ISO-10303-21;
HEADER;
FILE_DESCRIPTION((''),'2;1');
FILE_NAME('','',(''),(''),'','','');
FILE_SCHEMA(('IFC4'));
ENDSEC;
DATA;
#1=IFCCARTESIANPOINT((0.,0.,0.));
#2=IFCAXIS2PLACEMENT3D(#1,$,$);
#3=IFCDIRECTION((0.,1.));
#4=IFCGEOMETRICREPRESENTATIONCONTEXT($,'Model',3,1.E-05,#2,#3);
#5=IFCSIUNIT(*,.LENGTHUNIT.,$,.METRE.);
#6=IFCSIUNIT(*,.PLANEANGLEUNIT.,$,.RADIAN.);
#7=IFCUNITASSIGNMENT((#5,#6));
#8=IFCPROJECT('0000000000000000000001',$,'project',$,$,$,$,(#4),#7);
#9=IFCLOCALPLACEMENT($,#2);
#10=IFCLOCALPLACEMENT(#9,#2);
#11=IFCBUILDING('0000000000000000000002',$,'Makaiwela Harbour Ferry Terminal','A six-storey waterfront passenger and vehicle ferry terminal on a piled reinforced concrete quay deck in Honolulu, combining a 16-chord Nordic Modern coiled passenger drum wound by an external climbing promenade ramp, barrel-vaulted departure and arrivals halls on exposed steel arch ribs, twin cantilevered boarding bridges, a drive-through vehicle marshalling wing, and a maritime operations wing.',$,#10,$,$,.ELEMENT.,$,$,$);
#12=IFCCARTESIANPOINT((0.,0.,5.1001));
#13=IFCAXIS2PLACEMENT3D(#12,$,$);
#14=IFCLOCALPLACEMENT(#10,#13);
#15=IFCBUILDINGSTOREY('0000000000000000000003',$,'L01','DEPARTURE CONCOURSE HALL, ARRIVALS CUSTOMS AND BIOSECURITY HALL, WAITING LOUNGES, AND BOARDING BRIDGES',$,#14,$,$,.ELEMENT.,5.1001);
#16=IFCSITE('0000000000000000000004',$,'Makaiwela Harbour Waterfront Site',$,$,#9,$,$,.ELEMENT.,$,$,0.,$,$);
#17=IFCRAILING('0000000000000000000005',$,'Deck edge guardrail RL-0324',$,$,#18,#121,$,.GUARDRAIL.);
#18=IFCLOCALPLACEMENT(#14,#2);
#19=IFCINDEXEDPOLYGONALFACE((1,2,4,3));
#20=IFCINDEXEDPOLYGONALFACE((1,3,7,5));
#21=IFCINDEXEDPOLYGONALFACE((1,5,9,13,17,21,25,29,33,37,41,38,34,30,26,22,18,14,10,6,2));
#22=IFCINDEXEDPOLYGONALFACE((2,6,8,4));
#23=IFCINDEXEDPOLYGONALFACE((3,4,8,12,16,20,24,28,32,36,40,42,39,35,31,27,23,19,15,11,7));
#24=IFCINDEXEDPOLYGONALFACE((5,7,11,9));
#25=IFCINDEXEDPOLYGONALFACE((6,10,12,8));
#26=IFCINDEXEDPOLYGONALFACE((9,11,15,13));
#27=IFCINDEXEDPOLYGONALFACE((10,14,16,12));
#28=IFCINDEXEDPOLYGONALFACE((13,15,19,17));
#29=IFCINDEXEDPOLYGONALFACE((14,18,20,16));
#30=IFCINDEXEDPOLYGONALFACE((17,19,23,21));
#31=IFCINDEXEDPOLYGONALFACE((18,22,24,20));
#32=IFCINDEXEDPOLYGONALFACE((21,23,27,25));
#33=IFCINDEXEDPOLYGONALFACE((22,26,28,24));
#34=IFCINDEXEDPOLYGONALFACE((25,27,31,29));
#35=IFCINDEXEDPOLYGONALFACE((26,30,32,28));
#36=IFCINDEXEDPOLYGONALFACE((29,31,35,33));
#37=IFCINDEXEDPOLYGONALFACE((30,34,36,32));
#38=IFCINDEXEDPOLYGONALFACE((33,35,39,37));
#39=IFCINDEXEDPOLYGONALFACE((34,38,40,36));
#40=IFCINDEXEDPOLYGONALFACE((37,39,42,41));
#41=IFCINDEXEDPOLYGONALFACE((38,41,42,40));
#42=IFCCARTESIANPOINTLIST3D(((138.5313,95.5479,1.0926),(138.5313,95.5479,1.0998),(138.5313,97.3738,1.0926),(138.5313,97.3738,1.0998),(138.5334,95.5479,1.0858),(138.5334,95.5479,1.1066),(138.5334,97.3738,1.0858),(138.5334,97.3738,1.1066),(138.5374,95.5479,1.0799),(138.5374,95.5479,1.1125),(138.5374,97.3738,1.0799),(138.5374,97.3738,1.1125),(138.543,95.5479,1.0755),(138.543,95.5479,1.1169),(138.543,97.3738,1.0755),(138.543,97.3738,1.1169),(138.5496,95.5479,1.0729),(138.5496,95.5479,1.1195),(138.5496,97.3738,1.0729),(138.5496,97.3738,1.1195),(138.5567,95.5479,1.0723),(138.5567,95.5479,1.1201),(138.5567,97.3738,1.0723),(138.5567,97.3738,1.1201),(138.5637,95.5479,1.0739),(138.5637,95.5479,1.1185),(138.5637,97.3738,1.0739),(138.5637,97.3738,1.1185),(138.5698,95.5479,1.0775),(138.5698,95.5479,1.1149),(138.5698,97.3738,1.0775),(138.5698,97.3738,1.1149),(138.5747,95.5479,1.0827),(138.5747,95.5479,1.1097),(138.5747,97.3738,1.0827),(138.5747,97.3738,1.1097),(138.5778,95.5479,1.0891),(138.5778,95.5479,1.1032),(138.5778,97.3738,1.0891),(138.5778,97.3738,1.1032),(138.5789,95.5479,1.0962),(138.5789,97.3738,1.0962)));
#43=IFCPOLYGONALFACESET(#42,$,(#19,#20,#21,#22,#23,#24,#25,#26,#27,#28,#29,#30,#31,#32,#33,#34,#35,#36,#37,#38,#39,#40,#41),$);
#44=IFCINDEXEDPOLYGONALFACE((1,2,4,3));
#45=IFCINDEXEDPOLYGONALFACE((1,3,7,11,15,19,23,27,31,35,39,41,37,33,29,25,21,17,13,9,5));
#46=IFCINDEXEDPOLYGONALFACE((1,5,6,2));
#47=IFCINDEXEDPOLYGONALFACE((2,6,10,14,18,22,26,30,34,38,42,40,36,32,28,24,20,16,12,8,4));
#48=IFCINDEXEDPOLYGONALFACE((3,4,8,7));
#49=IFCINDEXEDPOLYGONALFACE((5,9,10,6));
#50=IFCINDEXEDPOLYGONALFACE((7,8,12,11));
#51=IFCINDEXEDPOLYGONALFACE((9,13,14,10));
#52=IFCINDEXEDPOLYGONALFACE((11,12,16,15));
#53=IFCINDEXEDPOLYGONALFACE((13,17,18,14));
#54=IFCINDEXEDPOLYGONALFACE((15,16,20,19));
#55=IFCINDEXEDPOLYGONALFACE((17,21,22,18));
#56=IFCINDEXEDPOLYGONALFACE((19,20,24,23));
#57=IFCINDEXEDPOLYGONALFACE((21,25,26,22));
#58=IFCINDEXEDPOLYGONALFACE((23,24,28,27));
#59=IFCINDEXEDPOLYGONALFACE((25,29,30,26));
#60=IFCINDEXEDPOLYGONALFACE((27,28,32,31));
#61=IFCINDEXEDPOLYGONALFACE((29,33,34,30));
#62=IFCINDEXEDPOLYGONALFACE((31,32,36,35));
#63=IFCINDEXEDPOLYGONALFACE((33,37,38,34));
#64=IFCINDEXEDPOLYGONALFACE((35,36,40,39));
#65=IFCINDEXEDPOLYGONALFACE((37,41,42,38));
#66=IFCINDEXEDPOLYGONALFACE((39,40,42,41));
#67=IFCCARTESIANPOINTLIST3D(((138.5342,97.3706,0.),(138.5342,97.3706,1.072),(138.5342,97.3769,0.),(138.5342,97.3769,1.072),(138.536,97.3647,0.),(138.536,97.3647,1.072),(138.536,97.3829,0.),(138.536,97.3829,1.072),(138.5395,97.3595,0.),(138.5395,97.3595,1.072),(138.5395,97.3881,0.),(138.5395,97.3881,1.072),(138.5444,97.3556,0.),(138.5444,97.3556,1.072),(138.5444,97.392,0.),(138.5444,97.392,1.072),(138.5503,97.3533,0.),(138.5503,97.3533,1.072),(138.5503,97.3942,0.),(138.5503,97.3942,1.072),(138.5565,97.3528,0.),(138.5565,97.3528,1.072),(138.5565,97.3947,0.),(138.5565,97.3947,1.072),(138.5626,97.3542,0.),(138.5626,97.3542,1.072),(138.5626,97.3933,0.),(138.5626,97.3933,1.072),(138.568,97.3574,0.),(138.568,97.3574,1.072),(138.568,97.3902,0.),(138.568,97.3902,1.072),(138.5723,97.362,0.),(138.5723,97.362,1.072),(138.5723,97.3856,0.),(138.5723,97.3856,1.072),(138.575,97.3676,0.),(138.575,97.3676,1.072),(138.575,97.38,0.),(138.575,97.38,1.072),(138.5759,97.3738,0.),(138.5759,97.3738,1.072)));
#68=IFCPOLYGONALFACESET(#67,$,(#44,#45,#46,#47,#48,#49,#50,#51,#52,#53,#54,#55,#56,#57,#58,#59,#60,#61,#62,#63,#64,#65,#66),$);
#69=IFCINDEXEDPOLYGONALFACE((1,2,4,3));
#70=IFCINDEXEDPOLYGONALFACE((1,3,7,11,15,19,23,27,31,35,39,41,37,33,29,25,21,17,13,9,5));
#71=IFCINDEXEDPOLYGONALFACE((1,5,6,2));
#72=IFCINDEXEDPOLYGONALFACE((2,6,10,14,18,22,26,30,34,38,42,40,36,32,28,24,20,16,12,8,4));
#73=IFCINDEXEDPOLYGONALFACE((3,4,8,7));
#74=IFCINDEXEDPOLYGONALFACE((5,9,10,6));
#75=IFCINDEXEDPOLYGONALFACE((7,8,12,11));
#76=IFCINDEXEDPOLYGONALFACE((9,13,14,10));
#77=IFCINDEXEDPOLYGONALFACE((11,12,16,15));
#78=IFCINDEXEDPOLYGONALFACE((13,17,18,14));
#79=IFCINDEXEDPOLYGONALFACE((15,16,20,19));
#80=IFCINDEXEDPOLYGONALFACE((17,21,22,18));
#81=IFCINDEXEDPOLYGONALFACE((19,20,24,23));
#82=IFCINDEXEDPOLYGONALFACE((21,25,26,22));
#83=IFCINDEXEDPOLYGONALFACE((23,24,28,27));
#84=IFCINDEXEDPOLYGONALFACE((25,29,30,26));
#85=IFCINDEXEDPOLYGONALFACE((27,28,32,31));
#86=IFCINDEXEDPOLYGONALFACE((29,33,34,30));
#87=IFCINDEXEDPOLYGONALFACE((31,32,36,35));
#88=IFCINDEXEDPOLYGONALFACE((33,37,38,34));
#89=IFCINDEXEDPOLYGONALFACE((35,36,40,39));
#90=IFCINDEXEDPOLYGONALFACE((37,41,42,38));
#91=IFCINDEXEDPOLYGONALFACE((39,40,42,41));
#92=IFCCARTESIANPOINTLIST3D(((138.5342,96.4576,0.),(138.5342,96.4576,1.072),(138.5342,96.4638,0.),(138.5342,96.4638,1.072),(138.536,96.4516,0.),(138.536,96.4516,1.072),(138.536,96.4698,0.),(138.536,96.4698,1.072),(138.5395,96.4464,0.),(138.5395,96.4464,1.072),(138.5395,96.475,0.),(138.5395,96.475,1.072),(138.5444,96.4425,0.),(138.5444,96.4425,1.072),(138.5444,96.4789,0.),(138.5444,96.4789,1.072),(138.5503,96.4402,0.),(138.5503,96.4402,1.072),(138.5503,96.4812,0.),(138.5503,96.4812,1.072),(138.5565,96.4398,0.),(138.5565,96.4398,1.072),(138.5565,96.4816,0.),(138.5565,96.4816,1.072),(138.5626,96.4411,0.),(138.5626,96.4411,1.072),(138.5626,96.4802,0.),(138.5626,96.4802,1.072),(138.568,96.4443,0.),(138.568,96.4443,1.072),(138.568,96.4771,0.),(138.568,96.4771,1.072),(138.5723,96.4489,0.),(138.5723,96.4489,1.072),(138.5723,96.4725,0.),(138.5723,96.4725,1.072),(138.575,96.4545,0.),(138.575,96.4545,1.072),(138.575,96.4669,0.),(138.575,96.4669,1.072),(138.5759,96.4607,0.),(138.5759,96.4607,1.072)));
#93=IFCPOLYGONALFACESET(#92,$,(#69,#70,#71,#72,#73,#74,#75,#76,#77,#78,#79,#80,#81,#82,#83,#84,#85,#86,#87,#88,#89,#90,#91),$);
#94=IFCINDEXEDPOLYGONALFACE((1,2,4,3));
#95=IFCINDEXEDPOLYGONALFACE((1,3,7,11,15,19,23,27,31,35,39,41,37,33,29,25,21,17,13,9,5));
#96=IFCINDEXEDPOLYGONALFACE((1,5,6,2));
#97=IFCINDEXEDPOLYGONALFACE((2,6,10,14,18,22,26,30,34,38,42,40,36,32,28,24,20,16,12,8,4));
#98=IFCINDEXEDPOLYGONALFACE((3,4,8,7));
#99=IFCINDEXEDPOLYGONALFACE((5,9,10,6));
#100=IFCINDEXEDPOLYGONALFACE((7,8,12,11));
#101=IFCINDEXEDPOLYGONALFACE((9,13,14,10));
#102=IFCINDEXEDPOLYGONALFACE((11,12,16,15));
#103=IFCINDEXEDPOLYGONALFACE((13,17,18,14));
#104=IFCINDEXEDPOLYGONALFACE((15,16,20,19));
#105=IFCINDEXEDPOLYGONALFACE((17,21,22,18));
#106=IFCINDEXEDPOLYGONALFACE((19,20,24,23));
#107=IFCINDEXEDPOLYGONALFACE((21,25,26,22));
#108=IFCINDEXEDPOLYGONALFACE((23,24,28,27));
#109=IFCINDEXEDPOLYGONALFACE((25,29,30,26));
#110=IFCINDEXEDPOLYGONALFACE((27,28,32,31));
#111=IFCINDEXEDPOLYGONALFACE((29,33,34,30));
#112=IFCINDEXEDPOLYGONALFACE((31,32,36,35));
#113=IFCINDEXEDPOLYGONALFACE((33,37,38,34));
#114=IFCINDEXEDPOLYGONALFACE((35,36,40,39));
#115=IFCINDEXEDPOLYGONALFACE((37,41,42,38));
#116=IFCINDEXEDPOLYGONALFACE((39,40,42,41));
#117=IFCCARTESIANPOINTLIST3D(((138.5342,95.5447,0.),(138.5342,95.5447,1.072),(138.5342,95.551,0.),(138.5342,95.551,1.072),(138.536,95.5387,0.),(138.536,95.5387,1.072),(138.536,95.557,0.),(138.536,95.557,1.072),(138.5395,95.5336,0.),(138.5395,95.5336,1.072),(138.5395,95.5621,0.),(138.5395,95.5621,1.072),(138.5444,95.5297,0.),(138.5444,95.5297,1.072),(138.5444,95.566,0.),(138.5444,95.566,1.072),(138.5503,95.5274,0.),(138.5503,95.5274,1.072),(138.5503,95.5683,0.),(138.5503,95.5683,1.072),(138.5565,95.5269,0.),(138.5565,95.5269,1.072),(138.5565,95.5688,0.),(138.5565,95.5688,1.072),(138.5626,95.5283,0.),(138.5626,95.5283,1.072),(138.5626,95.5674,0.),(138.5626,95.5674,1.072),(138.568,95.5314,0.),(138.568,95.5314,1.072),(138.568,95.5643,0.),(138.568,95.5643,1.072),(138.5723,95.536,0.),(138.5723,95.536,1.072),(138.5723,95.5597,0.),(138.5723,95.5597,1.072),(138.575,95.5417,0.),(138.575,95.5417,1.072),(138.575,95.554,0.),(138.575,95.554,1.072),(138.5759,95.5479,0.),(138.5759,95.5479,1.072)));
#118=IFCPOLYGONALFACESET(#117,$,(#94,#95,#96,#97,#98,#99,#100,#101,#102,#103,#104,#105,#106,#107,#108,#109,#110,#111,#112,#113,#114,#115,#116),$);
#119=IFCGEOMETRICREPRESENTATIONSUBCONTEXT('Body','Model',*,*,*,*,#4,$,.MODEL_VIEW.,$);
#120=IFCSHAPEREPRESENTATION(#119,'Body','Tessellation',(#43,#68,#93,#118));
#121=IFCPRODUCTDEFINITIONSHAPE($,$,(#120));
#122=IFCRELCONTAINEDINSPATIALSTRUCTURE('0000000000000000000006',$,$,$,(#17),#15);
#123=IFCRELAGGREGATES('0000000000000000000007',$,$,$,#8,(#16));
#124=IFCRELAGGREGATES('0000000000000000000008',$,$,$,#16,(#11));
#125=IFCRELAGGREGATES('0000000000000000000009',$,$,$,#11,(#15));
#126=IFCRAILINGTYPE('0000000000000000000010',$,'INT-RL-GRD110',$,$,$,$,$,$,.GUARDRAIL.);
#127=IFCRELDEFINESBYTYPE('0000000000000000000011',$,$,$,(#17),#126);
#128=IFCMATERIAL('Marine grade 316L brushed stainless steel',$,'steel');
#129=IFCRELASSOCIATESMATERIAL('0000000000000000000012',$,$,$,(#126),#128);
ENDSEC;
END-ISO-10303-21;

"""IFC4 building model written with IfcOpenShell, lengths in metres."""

from ifc_helpers import new_model, si_unit, direction, frame, origin, origin_2d, place, context, subcontext, project, spatial, circle, extrude, material, type_object, element, save


model = new_model("IFC4")

# Units and contexts
model_context = context("Model", 3, precision=1e-05, world=origin(), true_north=direction((0.0, 1.0)))
body_context = subcontext(model_context, "Body", "Model", "MODEL_VIEW")
ifc_project = project(units=[si_unit("LENGTHUNIT", "METRE"), si_unit("PLANEANGLEUNIT", "RADIAN")], contexts=[model_context])

# Site, building, storey
site_placement = place(None, origin())
site = spatial("IfcSite", under=ifc_project, at=site_placement, Name="Makaiwela Harbour Waterfront Site", CompositionType="ELEMENT", RefElevation=0.0)
building_placement = place(site_placement, origin())
building = spatial("IfcBuilding", under=site, at=building_placement, Name="Makaiwela Harbour Ferry Terminal", Description="A six-storey waterfront passenger and vehicle ferry terminal on a piled reinforced concrete quay deck in Honolulu, combining a 16-chord Nordic Modern coiled passenger drum wound by an external climbing promenade ramp, barrel-vaulted departure and arrivals halls on exposed steel arch ribs, twin cantilevered boarding bridges, a drive-through vehicle marshalling wing, and a maritime operations wing.", CompositionType="ELEMENT")
storey_placement = place(building_placement, frame((0.0, 0.0, 5.1001)))
storey = spatial("IfcBuildingStorey", under=building, at=storey_placement, Name="L01", Description="DEPARTURE CONCOURSE HALL, ARRIVALS CUSTOMS AND BIOSECURITY HALL, WAITING LOUNGES, AND BOARDING BRIDGES", CompositionType="ELEMENT", Elevation=5.1001)

# Railing
ifc_material_1 = material(Name="Marine grade 316L brushed stainless steel", Category="steel")
railing_type = type_object("IfcRailingType", Name="INT-RL-GRD110", PredefinedType="GUARDRAIL", material=ifc_material_1)
railing_placement = place(storey_placement, frame((138.5549, 97.3738, 0.0)))
element("IfcRailing", 1, at=railing_placement, inside=storey, type_object=railing_type, Name="Deck edge guardrail RL-0324", PredefinedType="GUARDRAIL", context=body_context, shape_type="SweptSolid", body=[
    extrude(circle(Radius=0.0239, at=origin_2d()), frame((0.0, 0.0, 1.0962), z_axis=(0.0, -1.0, 0.0), x_axis=(1.0, 0.0, 0.0)), (0.0, 0.0, 1.0), 1.8259),
    extrude(circle(Radius=0.021, at=origin_2d()), origin(), (0.0, 0.0, 1.0), 1.072),
    extrude(circle(Radius=0.021, at=origin_2d()), frame((0.0, -0.9131, 0.0)), (0.0, 0.0, 1.0), 1.072),
    extrude(circle(Radius=0.021, at=origin_2d()), frame((0.0, -1.8259, 0.0)), (0.0, 0.0, 1.0), 1.072),
])

save(model, "model.ifc")
